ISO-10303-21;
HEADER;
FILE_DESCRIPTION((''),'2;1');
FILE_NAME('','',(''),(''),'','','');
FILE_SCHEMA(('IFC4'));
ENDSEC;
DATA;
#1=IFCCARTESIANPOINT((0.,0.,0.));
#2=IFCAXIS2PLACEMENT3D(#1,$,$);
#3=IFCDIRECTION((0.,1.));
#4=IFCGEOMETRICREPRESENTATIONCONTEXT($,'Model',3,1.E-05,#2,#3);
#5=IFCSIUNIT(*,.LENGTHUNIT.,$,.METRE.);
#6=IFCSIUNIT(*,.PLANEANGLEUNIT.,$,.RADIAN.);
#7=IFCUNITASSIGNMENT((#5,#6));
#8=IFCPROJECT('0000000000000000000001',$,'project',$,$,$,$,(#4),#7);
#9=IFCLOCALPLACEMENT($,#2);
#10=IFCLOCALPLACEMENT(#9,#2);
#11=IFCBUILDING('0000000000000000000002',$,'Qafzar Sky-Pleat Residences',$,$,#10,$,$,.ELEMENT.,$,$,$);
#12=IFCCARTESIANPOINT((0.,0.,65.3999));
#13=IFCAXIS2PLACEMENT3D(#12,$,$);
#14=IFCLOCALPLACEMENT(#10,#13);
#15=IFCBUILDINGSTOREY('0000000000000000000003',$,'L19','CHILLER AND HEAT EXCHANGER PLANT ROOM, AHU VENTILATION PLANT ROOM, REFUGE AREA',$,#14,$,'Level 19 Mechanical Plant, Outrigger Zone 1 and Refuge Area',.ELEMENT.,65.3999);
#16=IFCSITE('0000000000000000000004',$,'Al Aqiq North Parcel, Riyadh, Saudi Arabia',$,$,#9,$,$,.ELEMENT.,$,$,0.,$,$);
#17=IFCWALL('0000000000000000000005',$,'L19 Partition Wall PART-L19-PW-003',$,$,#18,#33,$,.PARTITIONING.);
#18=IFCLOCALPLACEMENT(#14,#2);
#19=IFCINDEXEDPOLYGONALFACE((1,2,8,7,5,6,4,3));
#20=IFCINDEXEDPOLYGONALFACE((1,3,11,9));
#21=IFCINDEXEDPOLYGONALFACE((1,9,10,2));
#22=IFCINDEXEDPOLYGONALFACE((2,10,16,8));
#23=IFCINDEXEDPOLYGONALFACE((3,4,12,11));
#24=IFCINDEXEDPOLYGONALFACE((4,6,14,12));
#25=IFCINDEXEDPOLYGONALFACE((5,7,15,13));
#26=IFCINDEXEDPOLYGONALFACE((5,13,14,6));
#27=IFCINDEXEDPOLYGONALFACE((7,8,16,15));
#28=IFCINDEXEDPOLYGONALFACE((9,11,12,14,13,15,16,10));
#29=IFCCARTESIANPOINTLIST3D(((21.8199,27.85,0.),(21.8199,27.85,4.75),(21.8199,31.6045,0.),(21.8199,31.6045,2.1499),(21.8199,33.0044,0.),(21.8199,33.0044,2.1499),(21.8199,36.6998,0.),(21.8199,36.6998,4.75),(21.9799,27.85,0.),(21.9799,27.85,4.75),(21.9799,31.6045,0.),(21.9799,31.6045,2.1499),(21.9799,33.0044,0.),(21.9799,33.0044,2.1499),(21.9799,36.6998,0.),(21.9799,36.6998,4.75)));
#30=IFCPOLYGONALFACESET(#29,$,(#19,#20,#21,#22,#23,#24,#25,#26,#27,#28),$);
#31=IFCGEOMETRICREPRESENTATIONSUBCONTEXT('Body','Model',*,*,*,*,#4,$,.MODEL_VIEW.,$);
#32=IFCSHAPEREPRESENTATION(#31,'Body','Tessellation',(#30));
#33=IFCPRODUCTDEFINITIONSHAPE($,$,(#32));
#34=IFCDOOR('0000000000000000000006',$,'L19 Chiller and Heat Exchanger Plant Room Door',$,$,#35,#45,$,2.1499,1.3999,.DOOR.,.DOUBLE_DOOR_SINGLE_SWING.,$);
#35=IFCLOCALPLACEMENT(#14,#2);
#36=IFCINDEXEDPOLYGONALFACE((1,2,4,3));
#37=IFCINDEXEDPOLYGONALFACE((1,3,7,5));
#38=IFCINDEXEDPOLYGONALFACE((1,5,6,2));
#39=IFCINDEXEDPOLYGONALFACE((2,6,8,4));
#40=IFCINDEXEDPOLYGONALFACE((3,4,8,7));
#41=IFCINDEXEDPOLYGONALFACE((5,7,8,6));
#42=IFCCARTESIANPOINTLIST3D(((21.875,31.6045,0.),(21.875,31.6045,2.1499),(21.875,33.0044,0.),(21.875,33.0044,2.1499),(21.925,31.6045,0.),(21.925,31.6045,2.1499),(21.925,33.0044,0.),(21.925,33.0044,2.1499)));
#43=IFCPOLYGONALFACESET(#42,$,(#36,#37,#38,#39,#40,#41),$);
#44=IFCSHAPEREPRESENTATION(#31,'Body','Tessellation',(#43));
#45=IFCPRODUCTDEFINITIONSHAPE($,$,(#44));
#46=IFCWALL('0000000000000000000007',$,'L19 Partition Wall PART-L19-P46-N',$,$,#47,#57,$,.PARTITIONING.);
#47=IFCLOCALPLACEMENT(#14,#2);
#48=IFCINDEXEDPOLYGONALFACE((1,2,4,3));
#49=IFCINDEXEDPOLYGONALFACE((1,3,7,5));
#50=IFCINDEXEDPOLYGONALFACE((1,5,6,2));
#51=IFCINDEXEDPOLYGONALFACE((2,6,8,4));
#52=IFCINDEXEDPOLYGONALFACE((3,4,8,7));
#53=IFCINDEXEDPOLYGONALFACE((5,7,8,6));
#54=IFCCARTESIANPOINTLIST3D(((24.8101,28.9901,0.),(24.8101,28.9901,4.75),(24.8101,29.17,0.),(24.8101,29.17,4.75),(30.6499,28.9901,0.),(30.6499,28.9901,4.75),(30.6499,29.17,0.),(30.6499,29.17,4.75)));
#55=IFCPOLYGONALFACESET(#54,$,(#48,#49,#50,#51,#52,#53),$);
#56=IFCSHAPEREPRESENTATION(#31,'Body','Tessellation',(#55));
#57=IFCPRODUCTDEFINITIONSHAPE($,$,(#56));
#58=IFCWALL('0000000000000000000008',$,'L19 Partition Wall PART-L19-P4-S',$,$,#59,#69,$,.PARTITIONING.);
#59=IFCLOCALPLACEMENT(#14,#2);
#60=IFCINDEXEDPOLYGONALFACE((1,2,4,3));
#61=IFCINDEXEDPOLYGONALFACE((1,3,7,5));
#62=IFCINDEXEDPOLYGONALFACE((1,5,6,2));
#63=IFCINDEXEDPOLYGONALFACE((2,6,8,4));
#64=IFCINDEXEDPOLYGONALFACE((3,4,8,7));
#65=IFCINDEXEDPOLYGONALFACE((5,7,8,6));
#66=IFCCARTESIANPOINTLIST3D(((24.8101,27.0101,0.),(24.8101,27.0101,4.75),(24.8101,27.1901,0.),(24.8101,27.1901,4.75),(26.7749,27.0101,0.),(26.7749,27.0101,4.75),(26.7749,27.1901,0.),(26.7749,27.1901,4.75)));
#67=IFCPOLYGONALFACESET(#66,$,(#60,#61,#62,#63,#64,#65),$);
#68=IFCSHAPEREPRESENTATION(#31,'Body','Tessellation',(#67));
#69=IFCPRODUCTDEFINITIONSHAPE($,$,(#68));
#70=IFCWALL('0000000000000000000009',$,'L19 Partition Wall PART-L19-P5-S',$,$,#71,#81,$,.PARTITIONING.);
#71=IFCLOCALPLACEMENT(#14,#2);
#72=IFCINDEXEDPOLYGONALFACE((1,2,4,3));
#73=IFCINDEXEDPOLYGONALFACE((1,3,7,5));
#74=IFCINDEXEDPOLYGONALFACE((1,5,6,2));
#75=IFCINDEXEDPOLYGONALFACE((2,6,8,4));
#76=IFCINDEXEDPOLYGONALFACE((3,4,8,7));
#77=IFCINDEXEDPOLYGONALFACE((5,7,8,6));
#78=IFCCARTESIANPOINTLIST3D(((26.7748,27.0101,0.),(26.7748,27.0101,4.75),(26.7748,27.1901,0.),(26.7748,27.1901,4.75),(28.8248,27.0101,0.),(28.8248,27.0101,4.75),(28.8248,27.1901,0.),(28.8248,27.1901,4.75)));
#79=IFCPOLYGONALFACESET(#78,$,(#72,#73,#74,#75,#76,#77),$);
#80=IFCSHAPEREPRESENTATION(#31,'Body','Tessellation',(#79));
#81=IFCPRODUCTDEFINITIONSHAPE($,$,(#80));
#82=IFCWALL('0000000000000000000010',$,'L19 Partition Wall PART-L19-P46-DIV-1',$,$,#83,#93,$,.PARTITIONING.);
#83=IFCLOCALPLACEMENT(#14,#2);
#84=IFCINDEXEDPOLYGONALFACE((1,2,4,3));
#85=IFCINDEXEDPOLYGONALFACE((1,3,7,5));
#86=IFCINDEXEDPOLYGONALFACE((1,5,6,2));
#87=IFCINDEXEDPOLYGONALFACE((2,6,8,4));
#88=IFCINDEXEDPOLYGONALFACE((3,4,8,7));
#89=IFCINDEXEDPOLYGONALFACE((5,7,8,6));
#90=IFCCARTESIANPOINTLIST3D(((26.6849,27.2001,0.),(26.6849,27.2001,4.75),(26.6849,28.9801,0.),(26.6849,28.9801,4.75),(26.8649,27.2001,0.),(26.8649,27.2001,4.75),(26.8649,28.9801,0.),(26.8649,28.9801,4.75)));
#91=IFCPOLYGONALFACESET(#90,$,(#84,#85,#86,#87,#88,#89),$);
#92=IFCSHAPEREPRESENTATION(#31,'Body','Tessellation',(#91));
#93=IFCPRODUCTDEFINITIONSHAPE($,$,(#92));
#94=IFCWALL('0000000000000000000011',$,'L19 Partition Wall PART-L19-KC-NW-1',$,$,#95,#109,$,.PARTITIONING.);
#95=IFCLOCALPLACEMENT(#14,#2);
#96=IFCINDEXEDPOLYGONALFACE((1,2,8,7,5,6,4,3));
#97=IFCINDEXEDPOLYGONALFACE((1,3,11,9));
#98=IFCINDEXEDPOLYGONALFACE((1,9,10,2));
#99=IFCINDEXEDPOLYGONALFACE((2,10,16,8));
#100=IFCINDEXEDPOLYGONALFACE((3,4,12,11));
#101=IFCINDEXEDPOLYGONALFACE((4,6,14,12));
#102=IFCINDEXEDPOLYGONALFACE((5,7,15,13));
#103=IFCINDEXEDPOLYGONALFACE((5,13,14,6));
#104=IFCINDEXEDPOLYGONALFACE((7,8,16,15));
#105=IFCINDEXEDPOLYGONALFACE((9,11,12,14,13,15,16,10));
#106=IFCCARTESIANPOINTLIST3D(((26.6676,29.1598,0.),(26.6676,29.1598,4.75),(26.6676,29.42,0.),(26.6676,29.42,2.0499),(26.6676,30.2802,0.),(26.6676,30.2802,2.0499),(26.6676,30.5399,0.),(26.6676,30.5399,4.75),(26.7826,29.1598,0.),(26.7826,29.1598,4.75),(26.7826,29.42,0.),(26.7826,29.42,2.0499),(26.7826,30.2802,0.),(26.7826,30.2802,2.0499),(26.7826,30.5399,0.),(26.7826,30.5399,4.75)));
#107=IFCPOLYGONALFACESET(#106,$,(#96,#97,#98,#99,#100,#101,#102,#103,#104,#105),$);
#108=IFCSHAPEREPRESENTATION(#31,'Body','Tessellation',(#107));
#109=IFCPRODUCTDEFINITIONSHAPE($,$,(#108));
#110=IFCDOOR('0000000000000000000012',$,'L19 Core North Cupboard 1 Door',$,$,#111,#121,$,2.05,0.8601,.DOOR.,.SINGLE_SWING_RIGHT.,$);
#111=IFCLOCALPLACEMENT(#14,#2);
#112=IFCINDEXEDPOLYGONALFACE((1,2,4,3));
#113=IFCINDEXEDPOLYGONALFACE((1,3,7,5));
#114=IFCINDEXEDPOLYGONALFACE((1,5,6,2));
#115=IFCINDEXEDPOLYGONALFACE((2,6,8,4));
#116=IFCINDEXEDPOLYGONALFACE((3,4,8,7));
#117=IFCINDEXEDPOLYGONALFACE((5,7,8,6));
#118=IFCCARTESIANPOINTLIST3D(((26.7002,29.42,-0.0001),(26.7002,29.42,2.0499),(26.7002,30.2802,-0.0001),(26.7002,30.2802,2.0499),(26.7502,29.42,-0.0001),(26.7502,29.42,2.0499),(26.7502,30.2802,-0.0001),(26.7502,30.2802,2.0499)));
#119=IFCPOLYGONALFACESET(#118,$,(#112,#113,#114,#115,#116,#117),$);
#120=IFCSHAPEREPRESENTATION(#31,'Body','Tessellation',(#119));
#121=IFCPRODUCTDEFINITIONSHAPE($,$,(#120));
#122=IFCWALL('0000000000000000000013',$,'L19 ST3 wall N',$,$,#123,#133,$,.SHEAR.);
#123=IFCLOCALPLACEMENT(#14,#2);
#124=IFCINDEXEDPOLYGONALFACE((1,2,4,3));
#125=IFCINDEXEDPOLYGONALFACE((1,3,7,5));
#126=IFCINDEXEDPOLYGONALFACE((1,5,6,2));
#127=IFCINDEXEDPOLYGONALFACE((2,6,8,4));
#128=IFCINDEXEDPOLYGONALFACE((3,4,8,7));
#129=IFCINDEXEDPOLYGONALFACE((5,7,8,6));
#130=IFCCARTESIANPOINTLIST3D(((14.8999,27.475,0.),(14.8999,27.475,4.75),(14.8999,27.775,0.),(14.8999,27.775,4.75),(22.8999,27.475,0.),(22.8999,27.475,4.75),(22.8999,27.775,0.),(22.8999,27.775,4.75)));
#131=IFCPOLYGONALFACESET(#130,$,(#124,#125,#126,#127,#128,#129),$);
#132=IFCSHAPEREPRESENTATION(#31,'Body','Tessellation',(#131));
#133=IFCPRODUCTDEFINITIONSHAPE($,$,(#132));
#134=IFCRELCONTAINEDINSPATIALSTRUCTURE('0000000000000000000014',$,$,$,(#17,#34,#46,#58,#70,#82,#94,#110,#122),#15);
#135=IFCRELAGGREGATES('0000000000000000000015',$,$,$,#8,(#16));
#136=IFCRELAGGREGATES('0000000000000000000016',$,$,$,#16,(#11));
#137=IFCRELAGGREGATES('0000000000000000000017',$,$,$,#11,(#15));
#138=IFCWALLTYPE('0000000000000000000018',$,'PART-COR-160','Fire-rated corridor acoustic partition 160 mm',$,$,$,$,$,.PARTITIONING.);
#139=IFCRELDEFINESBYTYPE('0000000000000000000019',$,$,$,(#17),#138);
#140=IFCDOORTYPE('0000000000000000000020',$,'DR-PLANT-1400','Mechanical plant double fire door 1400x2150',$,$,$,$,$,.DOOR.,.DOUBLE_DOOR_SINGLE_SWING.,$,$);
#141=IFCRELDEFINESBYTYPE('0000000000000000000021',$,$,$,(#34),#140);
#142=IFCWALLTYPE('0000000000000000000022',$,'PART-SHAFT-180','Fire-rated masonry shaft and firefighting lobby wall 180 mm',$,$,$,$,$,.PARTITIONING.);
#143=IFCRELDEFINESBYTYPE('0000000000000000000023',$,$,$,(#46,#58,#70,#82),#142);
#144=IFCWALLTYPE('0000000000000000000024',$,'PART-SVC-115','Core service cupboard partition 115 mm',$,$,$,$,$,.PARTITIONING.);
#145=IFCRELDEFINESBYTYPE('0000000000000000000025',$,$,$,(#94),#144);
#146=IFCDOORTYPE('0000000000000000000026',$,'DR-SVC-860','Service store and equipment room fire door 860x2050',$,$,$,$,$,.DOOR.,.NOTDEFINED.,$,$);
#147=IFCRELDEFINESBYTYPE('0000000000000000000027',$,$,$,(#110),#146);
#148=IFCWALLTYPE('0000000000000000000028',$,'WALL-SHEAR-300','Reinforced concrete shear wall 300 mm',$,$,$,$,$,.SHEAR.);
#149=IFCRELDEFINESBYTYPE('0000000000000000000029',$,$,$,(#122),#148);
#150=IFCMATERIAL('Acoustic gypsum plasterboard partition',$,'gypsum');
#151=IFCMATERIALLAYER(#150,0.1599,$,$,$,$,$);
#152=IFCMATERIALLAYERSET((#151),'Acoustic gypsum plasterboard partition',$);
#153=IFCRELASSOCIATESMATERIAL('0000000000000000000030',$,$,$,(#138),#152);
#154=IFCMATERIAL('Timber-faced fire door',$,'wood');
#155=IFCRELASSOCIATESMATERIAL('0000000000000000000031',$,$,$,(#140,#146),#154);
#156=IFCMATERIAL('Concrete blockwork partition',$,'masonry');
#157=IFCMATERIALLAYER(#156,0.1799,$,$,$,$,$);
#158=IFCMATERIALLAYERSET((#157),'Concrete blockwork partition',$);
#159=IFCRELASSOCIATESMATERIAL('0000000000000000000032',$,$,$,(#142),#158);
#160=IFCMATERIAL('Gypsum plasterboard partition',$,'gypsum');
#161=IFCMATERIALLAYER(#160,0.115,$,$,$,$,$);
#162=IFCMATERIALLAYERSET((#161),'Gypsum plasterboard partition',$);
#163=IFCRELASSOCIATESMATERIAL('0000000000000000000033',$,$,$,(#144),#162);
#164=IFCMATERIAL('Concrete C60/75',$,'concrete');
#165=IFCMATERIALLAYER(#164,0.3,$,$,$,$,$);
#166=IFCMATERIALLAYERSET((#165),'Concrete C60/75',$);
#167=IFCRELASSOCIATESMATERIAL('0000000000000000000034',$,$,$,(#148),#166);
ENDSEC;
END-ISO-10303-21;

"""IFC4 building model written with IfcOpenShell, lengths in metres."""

from ifc_helpers import new_model, si_unit, direction, frame, frame_2d, origin, place, context, subcontext, project, spatial, rectangle, extrude, source, transform, mapped, material, layer, layer_set, type_object, element, fill, save


model = new_model("IFC4")

# Units and contexts
model_context = context("Model", 3, precision=1e-05, world=origin(), true_north=direction((0.0, 1.0)))
body_context = subcontext(model_context, "Body", "Model", "MODEL_VIEW")
ifc_project = project(units=[si_unit("LENGTHUNIT", "METRE"), si_unit("PLANEANGLEUNIT", "RADIAN")], contexts=[model_context])

# Site, building, storey
site_placement = place(None, origin())
site = spatial("IfcSite", under=ifc_project, at=site_placement, Name="Al Aqiq North Parcel, Riyadh, Saudi Arabia", CompositionType="ELEMENT", RefElevation=0.0)
building_placement = place(site_placement, origin())
building = spatial("IfcBuilding", under=site, at=building_placement, Name="Qafzar Sky-Pleat Residences", CompositionType="ELEMENT")
storey_placement = place(building_placement, frame((0.0, 0.0, 65.3999)))
storey = spatial("IfcBuildingStorey", under=building, at=storey_placement, Name="L19", Description="CHILLER AND HEAT EXCHANGER PLANT ROOM, AHU VENTILATION PLANT ROOM, REFUGE AREA", LongName="Level 19 Mechanical Plant, Outrigger Zone 1 and Refuge Area", CompositionType="ELEMENT", Elevation=65.3999)

# Wall, opening, door
ifc_material_1 = material(Name="Acoustic gypsum plasterboard partition", Category="gypsum")
ifc_layer_1 = layer(ifc_material_1, 0.1599)
ifc_layer_set_1 = layer_set([ifc_layer_1], Name="Acoustic gypsum plasterboard partition")
wall_type_1 = type_object("IfcWallType", Name="PART-COR-160", Description="Fire-rated corridor acoustic partition 160 mm", PredefinedType="PARTITIONING", material=ifc_layer_set_1)
wall_1_placement = place(storey_placement, frame((21.8999, 27.8501, 0.0), z_axis=(0.0, 0.0, 1.0), x_axis=(0.0, 1.0, 0.0)))
wall_1 = element("IfcWall", 1, at=wall_1_placement, inside=storey, type_object=wall_type_1, Name="L19 Partition Wall PART-L19-PW-003", PredefinedType="PARTITIONING", context=body_context, shape_type="SweptSolid", body=[
    extrude(rectangle(XDim=8.8499, YDim=0.1599, at=frame_2d((4.4248, 0.0))), origin(), (0.0, 0.0, 1.0), 4.75),
])
opening_1_placement = place(wall_1_placement, frame((3.7544, 0.0, 0.0)))
opening_1 = element("IfcOpeningElement", 2, at=opening_1_placement, cuts=wall_1, PredefinedType="OPENING", context=body_context, shape_type="SweptSolid", body=[
    extrude(rectangle(XDim=1.3999, YDim=2.1499, at=frame_2d((0.7, 1.075))), frame((0.0, 0.0898, 0.0), z_axis=(0.0, -1.0, 0.0), x_axis=(1.0, 0.0, 0.0)), (0.0, 0.0, 1.0), 0.1799),
])
ifc_material_2 = material(Name="Timber-faced fire door", Category="wood")
door_type_1 = type_object("IfcDoorType", Name="DR-PLANT-1400", Description="Mechanical plant double fire door 1400x2150", OperationType="DOUBLE_DOOR_SINGLE_SWING", PredefinedType="DOOR", material=ifc_material_2)
shared_shape_1 = source(origin(), body_context, "Body", "SweptSolid", [
    extrude(rectangle(XDim=1.3999, YDim=2.1499, at=frame_2d((0.7, 1.075))), frame((0.0, 0.0249, 0.0), z_axis=(0.0, -1.0, 0.0), x_axis=(1.0, 0.0, 0.0)), (0.0, 0.0, 1.0), 0.05),
])
door_1_placement = place(opening_1_placement, origin())
door_1 = element("IfcDoor", 3, at=door_1_placement, inside=storey, type_object=door_type_1, Name="L19 Chiller and Heat Exchanger Plant Room Door", OperationType="DOUBLE_DOOR_SINGLE_SWING", OverallHeight=2.1499, OverallWidth=1.3999, PredefinedType="DOOR", context=body_context, shape_type="MappedRepresentation", body=[
    mapped(shared_shape_1, transform((0.0, 0.0, 0.0), x_axis=(1.0, 0.0, 0.0), y_axis=(0.0, 1.0, 0.0), z_axis=(0.0, 0.0, 1.0), scale=1.0)),
])
fill(opening_1, door_1)

# Walls
ifc_material_3 = material(Name="Concrete blockwork partition", Category="masonry")
ifc_layer_2 = layer(ifc_material_3, 0.1799)
ifc_layer_set_2 = layer_set([ifc_layer_2], Name="Concrete blockwork partition")
wall_type_2 = type_object("IfcWallType", Name="PART-SHAFT-180", Description="Fire-rated masonry shaft and firefighting lobby wall 180 mm", PredefinedType="PARTITIONING", material=ifc_layer_set_2)
wall_2_placement = place(storey_placement, frame((24.8101, 29.0801, 0.0), z_axis=(0.0, 0.0, 1.0), x_axis=(1.0, 0.0, 0.0)))
element("IfcWall", 4, at=wall_2_placement, inside=storey, type_object=wall_type_2, Name="L19 Partition Wall PART-L19-P46-N", PredefinedType="PARTITIONING", context=body_context, shape_type="SweptSolid", body=[
    extrude(rectangle(XDim=5.8398, YDim=0.1799, at=frame_2d((2.9199, 0.0))), origin(), (0.0, 0.0, 1.0), 4.75),
])
wall_3_placement = place(storey_placement, frame((24.8101, 27.1001, 0.0), z_axis=(0.0, 0.0, 1.0), x_axis=(1.0, 0.0, 0.0)))
element("IfcWall", 5, at=wall_3_placement, inside=storey, type_object=wall_type_2, Name="L19 Partition Wall PART-L19-P4-S", PredefinedType="PARTITIONING", context=body_context, shape_type="SweptSolid", body=[
    extrude(rectangle(XDim=1.9648, YDim=0.1799, at=frame_2d((0.9824, 0.0))), origin(), (0.0, 0.0, 1.0), 4.75),
])
wall_4_placement = place(storey_placement, frame((26.7749, 27.1001, 0.0), z_axis=(0.0, 0.0, 1.0), x_axis=(1.0, 0.0, 0.0)))
element("IfcWall", 6, at=wall_4_placement, inside=storey, type_object=wall_type_2, Name="L19 Partition Wall PART-L19-P5-S", PredefinedType="PARTITIONING", context=body_context, shape_type="SweptSolid", body=[
    extrude(rectangle(XDim=2.05, YDim=0.1799, at=frame_2d((1.0249, 0.0))), origin(), (0.0, 0.0, 1.0), 4.75),
])
wall_5_placement = place(storey_placement, frame((26.7749, 27.2, 0.0), z_axis=(0.0, 0.0, 1.0), x_axis=(0.0, 1.0, 0.0)))
element("IfcWall", 7, at=wall_5_placement, inside=storey, type_object=wall_type_2, Name="L19 Partition Wall PART-L19-P46-DIV-1", PredefinedType="PARTITIONING", context=body_context, shape_type="SweptSolid", body=[
    extrude(rectangle(XDim=1.78, YDim=0.1799, at=frame_2d((0.8901, 0.0))), origin(), (0.0, 0.0, 1.0), 4.75),
])

# Wall, opening, door
ifc_material_4 = material(Name="Gypsum plasterboard partition", Category="gypsum")
ifc_layer_3 = layer(ifc_material_4, 0.115)
ifc_layer_set_3 = layer_set([ifc_layer_3], Name="Gypsum plasterboard partition")
wall_type_3 = type_object("IfcWallType", Name="PART-SVC-115", Description="Core service cupboard partition 115 mm", PredefinedType="PARTITIONING", material=ifc_layer_set_3)
wall_6_placement = place(storey_placement, frame((26.7251, 29.1599, 0.0), z_axis=(0.0, 0.0, 1.0), x_axis=(0.0, 1.0, 0.0)))
wall_6 = element("IfcWall", 8, at=wall_6_placement, inside=storey, type_object=wall_type_3, Name="L19 Partition Wall PART-L19-KC-NW-1", PredefinedType="PARTITIONING", context=body_context, shape_type="SweptSolid", body=[
    extrude(rectangle(XDim=1.3801, YDim=0.115, at=frame_2d((0.6899, 0.0))), origin(), (0.0, 0.0, 1.0), 4.75),
])
opening_2_placement = place(wall_6_placement, frame((0.26, 0.0, 0.0)))
opening_2 = element("IfcOpeningElement", 9, at=opening_2_placement, cuts=wall_6, PredefinedType="OPENING", context=body_context, shape_type="SweptSolid", body=[
    extrude(rectangle(XDim=0.8601, YDim=2.05, at=frame_2d((0.4302, 1.0249))), frame((0.0, 0.0674, 0.0), z_axis=(0.0, -1.0, 0.0), x_axis=(1.0, 0.0, 0.0)), (0.0, 0.0, 1.0), 0.135),
])
door_type_2 = type_object("IfcDoorType", Name="DR-SVC-860", Description="Service store and equipment room fire door 860x2050", OperationType="NOTDEFINED", PredefinedType="DOOR", material=ifc_material_2)
shared_shape_2 = source(origin(), body_context, "Body", "SweptSolid", [
    extrude(rectangle(XDim=0.8601, YDim=2.05, at=frame_2d((0.4302, 1.0249))), frame((0.0, 0.0249, 0.0), z_axis=(0.0, -1.0, 0.0), x_axis=(1.0, 0.0, 0.0)), (0.0, 0.0, 1.0), 0.05),
])
door_2_placement = place(opening_2_placement, origin())
door_2 = element("IfcDoor", 10, at=door_2_placement, inside=storey, type_object=door_type_2, Name="L19 Core North Cupboard 1 Door", OperationType="SINGLE_SWING_RIGHT", OverallHeight=2.05, OverallWidth=0.8601, PredefinedType="DOOR", context=body_context, shape_type="MappedRepresentation", body=[
    mapped(shared_shape_2, transform((0.0, 0.0, 0.0), x_axis=(1.0, 0.0, 0.0), y_axis=(0.0, 1.0, 0.0), z_axis=(0.0, 0.0, 1.0), scale=1.0)),
])
fill(opening_2, door_2)

# Shared definitions
ifc_material_5 = material(Name="Concrete C60/75", Category="concrete")
ifc_layer_4 = layer(ifc_material_5, 0.3)
ifc_layer_set_4 = layer_set([ifc_layer_4], Name="Concrete C60/75")
wall_type_4 = type_object("IfcWallType", Name="WALL-SHEAR-300", Description="Reinforced concrete shear wall 300 mm", PredefinedType="SHEAR", material=ifc_layer_set_4)

# Wall
wall_7_placement = place(storey_placement, frame((22.8999, 27.625, 0.0), z_axis=(0.0, 0.0, 1.0), x_axis=(-1.0, 0.0, 0.0)))
element("IfcWall", 11, at=wall_7_placement, inside=storey, type_object=wall_type_4, Name="L19 ST3 wall N", PredefinedType="SHEAR", context=body_context, shape_type="SweptSolid", body=[
    extrude(rectangle(XDim=8.0, YDim=0.3, at=frame_2d((4.0, 0.0))), origin(), (0.0, 0.0, 1.0), 4.75),
])

save(model, "model.ifc")
